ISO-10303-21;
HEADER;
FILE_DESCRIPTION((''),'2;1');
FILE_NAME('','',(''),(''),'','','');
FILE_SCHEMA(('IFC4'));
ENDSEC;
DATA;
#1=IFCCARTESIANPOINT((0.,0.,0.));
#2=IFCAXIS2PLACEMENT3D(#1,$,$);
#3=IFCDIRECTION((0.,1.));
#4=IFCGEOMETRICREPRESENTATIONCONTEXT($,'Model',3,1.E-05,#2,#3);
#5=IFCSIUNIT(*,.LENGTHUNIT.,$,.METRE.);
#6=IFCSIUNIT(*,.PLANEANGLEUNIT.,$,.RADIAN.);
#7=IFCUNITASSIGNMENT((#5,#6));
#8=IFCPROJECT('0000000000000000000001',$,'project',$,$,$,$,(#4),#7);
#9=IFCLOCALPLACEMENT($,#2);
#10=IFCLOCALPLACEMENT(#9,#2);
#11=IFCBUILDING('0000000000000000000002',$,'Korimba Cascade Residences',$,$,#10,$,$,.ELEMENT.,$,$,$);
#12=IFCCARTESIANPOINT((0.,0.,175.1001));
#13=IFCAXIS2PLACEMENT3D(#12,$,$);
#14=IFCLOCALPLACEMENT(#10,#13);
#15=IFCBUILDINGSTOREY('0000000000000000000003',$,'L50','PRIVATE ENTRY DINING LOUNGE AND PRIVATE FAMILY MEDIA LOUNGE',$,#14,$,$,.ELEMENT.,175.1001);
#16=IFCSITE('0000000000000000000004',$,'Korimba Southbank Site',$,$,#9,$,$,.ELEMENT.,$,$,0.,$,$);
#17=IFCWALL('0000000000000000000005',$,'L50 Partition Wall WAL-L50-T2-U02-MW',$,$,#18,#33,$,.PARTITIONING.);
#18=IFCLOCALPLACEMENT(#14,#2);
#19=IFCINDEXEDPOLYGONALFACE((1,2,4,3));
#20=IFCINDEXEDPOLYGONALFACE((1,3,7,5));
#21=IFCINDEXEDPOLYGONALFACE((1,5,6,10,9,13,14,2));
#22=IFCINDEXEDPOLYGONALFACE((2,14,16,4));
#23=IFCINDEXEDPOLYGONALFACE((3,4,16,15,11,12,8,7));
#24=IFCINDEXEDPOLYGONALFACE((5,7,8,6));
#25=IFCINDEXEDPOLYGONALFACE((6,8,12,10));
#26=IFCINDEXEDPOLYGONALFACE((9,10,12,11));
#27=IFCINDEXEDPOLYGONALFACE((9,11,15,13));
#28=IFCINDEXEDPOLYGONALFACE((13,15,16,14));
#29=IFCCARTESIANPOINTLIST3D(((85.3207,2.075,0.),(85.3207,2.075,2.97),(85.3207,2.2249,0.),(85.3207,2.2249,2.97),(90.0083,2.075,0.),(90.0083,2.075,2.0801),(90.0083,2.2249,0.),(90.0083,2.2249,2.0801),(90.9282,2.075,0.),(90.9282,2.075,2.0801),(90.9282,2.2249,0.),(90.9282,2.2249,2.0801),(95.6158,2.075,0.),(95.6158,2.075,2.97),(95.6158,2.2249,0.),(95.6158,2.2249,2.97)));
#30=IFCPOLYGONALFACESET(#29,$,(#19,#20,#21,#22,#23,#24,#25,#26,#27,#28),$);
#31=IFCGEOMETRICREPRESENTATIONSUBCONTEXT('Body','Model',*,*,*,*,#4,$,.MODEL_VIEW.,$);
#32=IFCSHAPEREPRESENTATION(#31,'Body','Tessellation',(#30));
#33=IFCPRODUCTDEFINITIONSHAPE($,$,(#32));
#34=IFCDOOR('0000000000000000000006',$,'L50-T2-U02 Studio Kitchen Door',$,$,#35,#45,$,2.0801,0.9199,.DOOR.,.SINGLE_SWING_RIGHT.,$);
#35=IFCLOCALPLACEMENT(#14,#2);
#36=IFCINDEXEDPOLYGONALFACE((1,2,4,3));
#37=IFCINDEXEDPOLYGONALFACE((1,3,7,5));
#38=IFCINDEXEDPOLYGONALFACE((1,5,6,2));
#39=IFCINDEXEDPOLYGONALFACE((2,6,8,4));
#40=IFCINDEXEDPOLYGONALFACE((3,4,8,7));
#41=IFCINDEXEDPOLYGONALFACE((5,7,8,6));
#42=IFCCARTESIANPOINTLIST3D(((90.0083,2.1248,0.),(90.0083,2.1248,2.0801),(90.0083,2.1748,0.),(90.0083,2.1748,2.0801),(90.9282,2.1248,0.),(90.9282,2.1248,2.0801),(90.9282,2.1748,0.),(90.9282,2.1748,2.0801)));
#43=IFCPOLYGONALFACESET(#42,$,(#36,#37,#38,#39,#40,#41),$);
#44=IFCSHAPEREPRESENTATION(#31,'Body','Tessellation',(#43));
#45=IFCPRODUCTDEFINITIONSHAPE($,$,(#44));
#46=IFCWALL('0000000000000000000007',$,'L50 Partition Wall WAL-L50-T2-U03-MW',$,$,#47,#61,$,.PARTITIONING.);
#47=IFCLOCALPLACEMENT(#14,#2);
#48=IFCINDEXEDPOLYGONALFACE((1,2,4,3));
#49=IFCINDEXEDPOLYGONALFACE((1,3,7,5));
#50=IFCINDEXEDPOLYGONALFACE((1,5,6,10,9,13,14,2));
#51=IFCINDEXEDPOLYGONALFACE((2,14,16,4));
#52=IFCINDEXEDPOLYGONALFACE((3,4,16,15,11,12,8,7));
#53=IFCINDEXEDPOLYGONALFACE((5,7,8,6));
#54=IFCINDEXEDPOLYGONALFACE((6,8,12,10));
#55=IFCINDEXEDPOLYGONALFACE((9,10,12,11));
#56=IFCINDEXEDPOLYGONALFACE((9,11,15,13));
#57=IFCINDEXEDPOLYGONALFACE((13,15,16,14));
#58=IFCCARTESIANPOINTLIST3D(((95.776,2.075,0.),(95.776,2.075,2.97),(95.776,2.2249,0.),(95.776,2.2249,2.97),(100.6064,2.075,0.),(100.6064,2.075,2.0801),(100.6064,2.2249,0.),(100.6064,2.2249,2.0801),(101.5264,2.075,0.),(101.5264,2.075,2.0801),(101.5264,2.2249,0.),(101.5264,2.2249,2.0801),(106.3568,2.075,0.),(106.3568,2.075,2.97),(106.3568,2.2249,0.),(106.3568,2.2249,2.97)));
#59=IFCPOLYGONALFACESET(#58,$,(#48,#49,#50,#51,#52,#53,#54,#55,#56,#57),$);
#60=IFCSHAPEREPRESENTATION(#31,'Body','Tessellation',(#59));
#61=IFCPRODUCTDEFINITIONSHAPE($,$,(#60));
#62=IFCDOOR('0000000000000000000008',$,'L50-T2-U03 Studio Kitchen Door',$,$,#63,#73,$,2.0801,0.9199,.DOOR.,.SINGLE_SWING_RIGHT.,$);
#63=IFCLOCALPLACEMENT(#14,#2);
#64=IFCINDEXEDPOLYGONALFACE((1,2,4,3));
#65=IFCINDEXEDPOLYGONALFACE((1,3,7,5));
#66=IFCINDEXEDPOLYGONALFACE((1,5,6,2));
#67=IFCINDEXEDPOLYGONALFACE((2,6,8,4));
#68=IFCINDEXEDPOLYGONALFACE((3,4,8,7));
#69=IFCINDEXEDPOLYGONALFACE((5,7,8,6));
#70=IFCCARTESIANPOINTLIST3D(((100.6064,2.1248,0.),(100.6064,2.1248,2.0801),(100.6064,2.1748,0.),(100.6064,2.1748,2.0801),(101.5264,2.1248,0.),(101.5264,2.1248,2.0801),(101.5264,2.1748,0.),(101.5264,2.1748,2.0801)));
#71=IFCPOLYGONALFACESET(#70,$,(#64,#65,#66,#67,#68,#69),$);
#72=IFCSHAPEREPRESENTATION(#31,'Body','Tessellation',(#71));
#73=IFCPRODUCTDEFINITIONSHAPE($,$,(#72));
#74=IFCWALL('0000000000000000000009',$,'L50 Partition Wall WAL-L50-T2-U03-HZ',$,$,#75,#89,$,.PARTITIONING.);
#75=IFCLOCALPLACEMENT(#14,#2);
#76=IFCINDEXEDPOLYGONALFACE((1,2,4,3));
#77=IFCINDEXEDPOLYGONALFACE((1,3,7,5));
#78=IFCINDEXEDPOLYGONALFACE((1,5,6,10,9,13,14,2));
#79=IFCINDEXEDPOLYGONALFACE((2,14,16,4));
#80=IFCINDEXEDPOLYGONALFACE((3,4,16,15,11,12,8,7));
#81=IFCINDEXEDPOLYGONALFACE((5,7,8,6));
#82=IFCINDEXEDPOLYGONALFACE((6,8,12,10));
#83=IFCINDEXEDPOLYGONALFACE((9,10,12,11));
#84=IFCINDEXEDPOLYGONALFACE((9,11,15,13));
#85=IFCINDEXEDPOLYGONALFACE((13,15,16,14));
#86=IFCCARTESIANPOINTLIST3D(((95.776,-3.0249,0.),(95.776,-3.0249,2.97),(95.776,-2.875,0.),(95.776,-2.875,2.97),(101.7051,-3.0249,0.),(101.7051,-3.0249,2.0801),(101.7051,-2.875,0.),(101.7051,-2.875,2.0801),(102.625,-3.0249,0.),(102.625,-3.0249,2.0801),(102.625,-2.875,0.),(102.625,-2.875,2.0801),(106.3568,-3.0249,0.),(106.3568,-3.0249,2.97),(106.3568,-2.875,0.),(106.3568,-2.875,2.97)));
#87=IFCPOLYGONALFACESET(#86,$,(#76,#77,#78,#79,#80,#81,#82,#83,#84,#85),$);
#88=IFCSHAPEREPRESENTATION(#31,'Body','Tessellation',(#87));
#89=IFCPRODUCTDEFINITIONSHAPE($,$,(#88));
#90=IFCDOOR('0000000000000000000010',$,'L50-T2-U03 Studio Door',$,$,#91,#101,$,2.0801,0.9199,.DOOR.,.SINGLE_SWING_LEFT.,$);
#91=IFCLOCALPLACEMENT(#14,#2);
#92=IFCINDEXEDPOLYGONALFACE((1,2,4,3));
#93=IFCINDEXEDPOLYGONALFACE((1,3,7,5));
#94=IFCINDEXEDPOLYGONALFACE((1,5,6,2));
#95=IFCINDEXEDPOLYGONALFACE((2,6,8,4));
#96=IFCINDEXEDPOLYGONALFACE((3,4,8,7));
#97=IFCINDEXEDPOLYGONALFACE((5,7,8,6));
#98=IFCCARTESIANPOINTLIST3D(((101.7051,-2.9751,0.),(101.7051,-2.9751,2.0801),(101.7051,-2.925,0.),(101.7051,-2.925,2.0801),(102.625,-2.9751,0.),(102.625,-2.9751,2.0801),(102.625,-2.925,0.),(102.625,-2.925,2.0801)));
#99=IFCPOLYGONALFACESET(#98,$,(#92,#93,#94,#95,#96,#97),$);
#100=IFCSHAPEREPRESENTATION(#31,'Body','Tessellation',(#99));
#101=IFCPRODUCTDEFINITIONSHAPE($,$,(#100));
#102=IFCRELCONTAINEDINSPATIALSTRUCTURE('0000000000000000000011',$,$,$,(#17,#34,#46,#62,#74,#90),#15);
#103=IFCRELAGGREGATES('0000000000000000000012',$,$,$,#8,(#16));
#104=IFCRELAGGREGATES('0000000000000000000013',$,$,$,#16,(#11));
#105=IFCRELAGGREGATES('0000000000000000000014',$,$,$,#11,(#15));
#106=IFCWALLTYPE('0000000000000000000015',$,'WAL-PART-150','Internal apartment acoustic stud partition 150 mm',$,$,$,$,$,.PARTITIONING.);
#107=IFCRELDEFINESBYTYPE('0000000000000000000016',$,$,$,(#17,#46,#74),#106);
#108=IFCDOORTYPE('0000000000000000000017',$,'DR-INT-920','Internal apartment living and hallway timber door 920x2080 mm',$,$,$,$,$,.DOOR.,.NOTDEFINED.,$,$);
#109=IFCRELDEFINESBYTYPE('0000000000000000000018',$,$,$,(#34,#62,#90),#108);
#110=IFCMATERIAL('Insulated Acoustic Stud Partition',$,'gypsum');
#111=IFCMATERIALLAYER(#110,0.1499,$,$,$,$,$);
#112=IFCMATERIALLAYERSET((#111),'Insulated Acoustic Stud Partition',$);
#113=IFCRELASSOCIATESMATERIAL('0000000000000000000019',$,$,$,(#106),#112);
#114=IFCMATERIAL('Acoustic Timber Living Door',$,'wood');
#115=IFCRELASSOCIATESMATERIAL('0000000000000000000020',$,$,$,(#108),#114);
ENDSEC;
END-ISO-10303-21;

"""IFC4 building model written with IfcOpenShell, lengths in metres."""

from ifc_helpers import new_model, si_unit, direction, frame, frame_2d, origin, place, context, subcontext, project, spatial, rectangle, extrude, material, layer, layer_set, type_object, element, fill, save


model = new_model("IFC4")

# Units and contexts
model_context = context("Model", 3, precision=1e-05, world=origin(), true_north=direction((0.0, 1.0)))
body_context = subcontext(model_context, "Body", "Model", "MODEL_VIEW")
ifc_project = project(units=[si_unit("LENGTHUNIT", "METRE"), si_unit("PLANEANGLEUNIT", "RADIAN")], contexts=[model_context])

# Site, building, storey
site_placement = place(None, origin())
site = spatial("IfcSite", under=ifc_project, at=site_placement, Name="Korimba Southbank Site", CompositionType="ELEMENT", RefElevation=0.0)
building_placement = place(site_placement, origin())
building = spatial("IfcBuilding", under=site, at=building_placement, Name="Korimba Cascade Residences", CompositionType="ELEMENT")
storey_placement = place(building_placement, frame((0.0, 0.0, 175.1001)))
storey = spatial("IfcBuildingStorey", under=building, at=storey_placement, Name="L50", Description="PRIVATE ENTRY DINING LOUNGE AND PRIVATE FAMILY MEDIA LOUNGE", CompositionType="ELEMENT", Elevation=175.1001)

# Walls, openings, doors
ifc_material_1 = material(Name="Insulated Acoustic Stud Partition", Category="gypsum")
ifc_layer = layer(ifc_material_1, 0.1499)
ifc_layer_set = layer_set([ifc_layer], Name="Insulated Acoustic Stud Partition")
wall_type = type_object("IfcWallType", Name="WAL-PART-150", Description="Internal apartment acoustic stud partition 150 mm", PredefinedType="PARTITIONING", material=ifc_layer_set)
wall_1_placement = place(storey_placement, frame((85.3208, 2.1499, 0.0), z_axis=(0.0, 0.0, 1.0), x_axis=(1.0, 0.0, 0.0)))
wall_1 = element("IfcWall", 1, at=wall_1_placement, inside=storey, type_object=wall_type, Name="L50 Partition Wall WAL-L50-T2-U02-MW", PredefinedType="PARTITIONING", context=body_context, shape_type="SweptSolid", body=[
    extrude(rectangle(XDim=10.2952, YDim=0.1499, at=frame_2d((5.1475, 0.0))), origin(), (0.0, 0.0, 1.0), 2.97),
])
opening_1_placement = place(wall_1_placement, frame((4.6875, 0.0, 0.0)))
opening_1 = element("IfcOpeningElement", 2, at=opening_1_placement, cuts=wall_1, PredefinedType="OPENING", context=body_context, shape_type="SweptSolid", body=[
    extrude(rectangle(XDim=0.9199, YDim=2.0801, at=frame_2d((0.46, 1.04))), frame((0.0, 0.085, 0.0), z_axis=(0.0, -1.0, 0.0), x_axis=(1.0, 0.0, 0.0)), (0.0, 0.0, 1.0), 0.1699),
])
ifc_material_2 = material(Name="Acoustic Timber Living Door", Category="wood")
door_type_1 = type_object("IfcDoorType", Name="DR-INT-920", Description="Internal apartment living and hallway timber door 920x2080 mm", OperationType="NOTDEFINED", PredefinedType="DOOR", material=ifc_material_2)
door_1_placement = place(opening_1_placement, origin())
door_1 = element("IfcDoor", 3, at=door_1_placement, inside=storey, type_object=door_type_1, Name="L50-T2-U02 Studio Kitchen Door", OperationType="SINGLE_SWING_RIGHT", OverallHeight=2.0801, OverallWidth=0.9199, PredefinedType="DOOR", context=body_context, shape_type="SweptSolid", body=[
    extrude(rectangle(XDim=0.9199, YDim=2.0801, at=frame_2d((0.46, 1.04))), frame((0.0, 0.0249, 0.0), z_axis=(0.0, -1.0, 0.0), x_axis=(1.0, 0.0, 0.0)), (0.0, 0.0, 1.0), 0.05),
])
fill(opening_1, door_1)
wall_2_placement = place(storey_placement, frame((95.7759, 2.1499, 0.0), z_axis=(0.0, 0.0, 1.0), x_axis=(1.0, 0.0, 0.0)))
wall_2 = element("IfcWall", 4, at=wall_2_placement, inside=storey, type_object=wall_type, Name="L50 Partition Wall WAL-L50-T2-U03-MW", PredefinedType="PARTITIONING", context=body_context, shape_type="SweptSolid", body=[
    extrude(rectangle(XDim=10.5808, YDim=0.1499, at=frame_2d((5.2905, 0.0))), origin(), (0.0, 0.0, 1.0), 2.97),
])
opening_2_placement = place(wall_2_placement, frame((4.8306, 0.0, 0.0)))
opening_2 = element("IfcOpeningElement", 5, at=opening_2_placement, cuts=wall_2, PredefinedType="OPENING", context=body_context, shape_type="SweptSolid", body=[
    extrude(rectangle(XDim=0.9199, YDim=2.0801, at=frame_2d((0.46, 1.04))), frame((0.0, 0.085, 0.0), z_axis=(0.0, -1.0, 0.0), x_axis=(1.0, 0.0, 0.0)), (0.0, 0.0, 1.0), 0.1699),
])
door_2_placement = place(opening_2_placement, origin())
door_2 = element("IfcDoor", 6, at=door_2_placement, inside=storey, type_object=door_type_1, Name="L50-T2-U03 Studio Kitchen Door", OperationType="SINGLE_SWING_RIGHT", OverallHeight=2.0801, OverallWidth=0.9199, PredefinedType="DOOR", context=body_context, shape_type="SweptSolid", body=[
    extrude(rectangle(XDim=0.9199, YDim=2.0801, at=frame_2d((0.46, 1.04))), frame((0.0, 0.0249, 0.0), z_axis=(0.0, -1.0, 0.0), x_axis=(1.0, 0.0, 0.0)), (0.0, 0.0, 1.0), 0.05),
])
fill(opening_2, door_2)
wall_3_placement = place(storey_placement, frame((95.7759, -2.95, 0.0), z_axis=(0.0, 0.0, 1.0), x_axis=(1.0, 0.0, 0.0)))
wall_3 = element("IfcWall", 7, at=wall_3_placement, inside=storey, type_object=wall_type, Name="L50 Partition Wall WAL-L50-T2-U03-HZ", PredefinedType="PARTITIONING", context=body_context, shape_type="SweptSolid", body=[
    extrude(rectangle(XDim=10.5808, YDim=0.1499, at=frame_2d((5.2905, 0.0))), origin(), (0.0, 0.0, 1.0), 2.97),
])
opening_3_placement = place(wall_3_placement, frame((5.9292, 0.0, 0.0)))
opening_3 = element("IfcOpeningElement", 8, at=opening_3_placement, cuts=wall_3, PredefinedType="OPENING", context=body_context, shape_type="SweptSolid", body=[
    extrude(rectangle(XDim=0.9199, YDim=2.0801, at=frame_2d((0.46, 1.04))), frame((0.0, 0.085, 0.0), z_axis=(0.0, -1.0, 0.0), x_axis=(1.0, 0.0, 0.0)), (0.0, 0.0, 1.0), 0.1699),
])
door_3_placement = place(opening_3_placement, origin())
door_3 = element("IfcDoor", 9, at=door_3_placement, inside=storey, type_object=door_type_1, Name="L50-T2-U03 Studio Door", OperationType="SINGLE_SWING_LEFT", OverallHeight=2.0801, OverallWidth=0.9199, PredefinedType="DOOR", context=body_context, shape_type="SweptSolid", body=[
    extrude(rectangle(XDim=0.9199, YDim=2.0801, at=frame_2d((0.46, 1.04))), frame((0.0, 0.0249, 0.0), z_axis=(0.0, -1.0, 0.0), x_axis=(1.0, 0.0, 0.0)), (0.0, 0.0, 1.0), 0.05),
])
fill(opening_3, door_3)

save(model, "model.ifc")
